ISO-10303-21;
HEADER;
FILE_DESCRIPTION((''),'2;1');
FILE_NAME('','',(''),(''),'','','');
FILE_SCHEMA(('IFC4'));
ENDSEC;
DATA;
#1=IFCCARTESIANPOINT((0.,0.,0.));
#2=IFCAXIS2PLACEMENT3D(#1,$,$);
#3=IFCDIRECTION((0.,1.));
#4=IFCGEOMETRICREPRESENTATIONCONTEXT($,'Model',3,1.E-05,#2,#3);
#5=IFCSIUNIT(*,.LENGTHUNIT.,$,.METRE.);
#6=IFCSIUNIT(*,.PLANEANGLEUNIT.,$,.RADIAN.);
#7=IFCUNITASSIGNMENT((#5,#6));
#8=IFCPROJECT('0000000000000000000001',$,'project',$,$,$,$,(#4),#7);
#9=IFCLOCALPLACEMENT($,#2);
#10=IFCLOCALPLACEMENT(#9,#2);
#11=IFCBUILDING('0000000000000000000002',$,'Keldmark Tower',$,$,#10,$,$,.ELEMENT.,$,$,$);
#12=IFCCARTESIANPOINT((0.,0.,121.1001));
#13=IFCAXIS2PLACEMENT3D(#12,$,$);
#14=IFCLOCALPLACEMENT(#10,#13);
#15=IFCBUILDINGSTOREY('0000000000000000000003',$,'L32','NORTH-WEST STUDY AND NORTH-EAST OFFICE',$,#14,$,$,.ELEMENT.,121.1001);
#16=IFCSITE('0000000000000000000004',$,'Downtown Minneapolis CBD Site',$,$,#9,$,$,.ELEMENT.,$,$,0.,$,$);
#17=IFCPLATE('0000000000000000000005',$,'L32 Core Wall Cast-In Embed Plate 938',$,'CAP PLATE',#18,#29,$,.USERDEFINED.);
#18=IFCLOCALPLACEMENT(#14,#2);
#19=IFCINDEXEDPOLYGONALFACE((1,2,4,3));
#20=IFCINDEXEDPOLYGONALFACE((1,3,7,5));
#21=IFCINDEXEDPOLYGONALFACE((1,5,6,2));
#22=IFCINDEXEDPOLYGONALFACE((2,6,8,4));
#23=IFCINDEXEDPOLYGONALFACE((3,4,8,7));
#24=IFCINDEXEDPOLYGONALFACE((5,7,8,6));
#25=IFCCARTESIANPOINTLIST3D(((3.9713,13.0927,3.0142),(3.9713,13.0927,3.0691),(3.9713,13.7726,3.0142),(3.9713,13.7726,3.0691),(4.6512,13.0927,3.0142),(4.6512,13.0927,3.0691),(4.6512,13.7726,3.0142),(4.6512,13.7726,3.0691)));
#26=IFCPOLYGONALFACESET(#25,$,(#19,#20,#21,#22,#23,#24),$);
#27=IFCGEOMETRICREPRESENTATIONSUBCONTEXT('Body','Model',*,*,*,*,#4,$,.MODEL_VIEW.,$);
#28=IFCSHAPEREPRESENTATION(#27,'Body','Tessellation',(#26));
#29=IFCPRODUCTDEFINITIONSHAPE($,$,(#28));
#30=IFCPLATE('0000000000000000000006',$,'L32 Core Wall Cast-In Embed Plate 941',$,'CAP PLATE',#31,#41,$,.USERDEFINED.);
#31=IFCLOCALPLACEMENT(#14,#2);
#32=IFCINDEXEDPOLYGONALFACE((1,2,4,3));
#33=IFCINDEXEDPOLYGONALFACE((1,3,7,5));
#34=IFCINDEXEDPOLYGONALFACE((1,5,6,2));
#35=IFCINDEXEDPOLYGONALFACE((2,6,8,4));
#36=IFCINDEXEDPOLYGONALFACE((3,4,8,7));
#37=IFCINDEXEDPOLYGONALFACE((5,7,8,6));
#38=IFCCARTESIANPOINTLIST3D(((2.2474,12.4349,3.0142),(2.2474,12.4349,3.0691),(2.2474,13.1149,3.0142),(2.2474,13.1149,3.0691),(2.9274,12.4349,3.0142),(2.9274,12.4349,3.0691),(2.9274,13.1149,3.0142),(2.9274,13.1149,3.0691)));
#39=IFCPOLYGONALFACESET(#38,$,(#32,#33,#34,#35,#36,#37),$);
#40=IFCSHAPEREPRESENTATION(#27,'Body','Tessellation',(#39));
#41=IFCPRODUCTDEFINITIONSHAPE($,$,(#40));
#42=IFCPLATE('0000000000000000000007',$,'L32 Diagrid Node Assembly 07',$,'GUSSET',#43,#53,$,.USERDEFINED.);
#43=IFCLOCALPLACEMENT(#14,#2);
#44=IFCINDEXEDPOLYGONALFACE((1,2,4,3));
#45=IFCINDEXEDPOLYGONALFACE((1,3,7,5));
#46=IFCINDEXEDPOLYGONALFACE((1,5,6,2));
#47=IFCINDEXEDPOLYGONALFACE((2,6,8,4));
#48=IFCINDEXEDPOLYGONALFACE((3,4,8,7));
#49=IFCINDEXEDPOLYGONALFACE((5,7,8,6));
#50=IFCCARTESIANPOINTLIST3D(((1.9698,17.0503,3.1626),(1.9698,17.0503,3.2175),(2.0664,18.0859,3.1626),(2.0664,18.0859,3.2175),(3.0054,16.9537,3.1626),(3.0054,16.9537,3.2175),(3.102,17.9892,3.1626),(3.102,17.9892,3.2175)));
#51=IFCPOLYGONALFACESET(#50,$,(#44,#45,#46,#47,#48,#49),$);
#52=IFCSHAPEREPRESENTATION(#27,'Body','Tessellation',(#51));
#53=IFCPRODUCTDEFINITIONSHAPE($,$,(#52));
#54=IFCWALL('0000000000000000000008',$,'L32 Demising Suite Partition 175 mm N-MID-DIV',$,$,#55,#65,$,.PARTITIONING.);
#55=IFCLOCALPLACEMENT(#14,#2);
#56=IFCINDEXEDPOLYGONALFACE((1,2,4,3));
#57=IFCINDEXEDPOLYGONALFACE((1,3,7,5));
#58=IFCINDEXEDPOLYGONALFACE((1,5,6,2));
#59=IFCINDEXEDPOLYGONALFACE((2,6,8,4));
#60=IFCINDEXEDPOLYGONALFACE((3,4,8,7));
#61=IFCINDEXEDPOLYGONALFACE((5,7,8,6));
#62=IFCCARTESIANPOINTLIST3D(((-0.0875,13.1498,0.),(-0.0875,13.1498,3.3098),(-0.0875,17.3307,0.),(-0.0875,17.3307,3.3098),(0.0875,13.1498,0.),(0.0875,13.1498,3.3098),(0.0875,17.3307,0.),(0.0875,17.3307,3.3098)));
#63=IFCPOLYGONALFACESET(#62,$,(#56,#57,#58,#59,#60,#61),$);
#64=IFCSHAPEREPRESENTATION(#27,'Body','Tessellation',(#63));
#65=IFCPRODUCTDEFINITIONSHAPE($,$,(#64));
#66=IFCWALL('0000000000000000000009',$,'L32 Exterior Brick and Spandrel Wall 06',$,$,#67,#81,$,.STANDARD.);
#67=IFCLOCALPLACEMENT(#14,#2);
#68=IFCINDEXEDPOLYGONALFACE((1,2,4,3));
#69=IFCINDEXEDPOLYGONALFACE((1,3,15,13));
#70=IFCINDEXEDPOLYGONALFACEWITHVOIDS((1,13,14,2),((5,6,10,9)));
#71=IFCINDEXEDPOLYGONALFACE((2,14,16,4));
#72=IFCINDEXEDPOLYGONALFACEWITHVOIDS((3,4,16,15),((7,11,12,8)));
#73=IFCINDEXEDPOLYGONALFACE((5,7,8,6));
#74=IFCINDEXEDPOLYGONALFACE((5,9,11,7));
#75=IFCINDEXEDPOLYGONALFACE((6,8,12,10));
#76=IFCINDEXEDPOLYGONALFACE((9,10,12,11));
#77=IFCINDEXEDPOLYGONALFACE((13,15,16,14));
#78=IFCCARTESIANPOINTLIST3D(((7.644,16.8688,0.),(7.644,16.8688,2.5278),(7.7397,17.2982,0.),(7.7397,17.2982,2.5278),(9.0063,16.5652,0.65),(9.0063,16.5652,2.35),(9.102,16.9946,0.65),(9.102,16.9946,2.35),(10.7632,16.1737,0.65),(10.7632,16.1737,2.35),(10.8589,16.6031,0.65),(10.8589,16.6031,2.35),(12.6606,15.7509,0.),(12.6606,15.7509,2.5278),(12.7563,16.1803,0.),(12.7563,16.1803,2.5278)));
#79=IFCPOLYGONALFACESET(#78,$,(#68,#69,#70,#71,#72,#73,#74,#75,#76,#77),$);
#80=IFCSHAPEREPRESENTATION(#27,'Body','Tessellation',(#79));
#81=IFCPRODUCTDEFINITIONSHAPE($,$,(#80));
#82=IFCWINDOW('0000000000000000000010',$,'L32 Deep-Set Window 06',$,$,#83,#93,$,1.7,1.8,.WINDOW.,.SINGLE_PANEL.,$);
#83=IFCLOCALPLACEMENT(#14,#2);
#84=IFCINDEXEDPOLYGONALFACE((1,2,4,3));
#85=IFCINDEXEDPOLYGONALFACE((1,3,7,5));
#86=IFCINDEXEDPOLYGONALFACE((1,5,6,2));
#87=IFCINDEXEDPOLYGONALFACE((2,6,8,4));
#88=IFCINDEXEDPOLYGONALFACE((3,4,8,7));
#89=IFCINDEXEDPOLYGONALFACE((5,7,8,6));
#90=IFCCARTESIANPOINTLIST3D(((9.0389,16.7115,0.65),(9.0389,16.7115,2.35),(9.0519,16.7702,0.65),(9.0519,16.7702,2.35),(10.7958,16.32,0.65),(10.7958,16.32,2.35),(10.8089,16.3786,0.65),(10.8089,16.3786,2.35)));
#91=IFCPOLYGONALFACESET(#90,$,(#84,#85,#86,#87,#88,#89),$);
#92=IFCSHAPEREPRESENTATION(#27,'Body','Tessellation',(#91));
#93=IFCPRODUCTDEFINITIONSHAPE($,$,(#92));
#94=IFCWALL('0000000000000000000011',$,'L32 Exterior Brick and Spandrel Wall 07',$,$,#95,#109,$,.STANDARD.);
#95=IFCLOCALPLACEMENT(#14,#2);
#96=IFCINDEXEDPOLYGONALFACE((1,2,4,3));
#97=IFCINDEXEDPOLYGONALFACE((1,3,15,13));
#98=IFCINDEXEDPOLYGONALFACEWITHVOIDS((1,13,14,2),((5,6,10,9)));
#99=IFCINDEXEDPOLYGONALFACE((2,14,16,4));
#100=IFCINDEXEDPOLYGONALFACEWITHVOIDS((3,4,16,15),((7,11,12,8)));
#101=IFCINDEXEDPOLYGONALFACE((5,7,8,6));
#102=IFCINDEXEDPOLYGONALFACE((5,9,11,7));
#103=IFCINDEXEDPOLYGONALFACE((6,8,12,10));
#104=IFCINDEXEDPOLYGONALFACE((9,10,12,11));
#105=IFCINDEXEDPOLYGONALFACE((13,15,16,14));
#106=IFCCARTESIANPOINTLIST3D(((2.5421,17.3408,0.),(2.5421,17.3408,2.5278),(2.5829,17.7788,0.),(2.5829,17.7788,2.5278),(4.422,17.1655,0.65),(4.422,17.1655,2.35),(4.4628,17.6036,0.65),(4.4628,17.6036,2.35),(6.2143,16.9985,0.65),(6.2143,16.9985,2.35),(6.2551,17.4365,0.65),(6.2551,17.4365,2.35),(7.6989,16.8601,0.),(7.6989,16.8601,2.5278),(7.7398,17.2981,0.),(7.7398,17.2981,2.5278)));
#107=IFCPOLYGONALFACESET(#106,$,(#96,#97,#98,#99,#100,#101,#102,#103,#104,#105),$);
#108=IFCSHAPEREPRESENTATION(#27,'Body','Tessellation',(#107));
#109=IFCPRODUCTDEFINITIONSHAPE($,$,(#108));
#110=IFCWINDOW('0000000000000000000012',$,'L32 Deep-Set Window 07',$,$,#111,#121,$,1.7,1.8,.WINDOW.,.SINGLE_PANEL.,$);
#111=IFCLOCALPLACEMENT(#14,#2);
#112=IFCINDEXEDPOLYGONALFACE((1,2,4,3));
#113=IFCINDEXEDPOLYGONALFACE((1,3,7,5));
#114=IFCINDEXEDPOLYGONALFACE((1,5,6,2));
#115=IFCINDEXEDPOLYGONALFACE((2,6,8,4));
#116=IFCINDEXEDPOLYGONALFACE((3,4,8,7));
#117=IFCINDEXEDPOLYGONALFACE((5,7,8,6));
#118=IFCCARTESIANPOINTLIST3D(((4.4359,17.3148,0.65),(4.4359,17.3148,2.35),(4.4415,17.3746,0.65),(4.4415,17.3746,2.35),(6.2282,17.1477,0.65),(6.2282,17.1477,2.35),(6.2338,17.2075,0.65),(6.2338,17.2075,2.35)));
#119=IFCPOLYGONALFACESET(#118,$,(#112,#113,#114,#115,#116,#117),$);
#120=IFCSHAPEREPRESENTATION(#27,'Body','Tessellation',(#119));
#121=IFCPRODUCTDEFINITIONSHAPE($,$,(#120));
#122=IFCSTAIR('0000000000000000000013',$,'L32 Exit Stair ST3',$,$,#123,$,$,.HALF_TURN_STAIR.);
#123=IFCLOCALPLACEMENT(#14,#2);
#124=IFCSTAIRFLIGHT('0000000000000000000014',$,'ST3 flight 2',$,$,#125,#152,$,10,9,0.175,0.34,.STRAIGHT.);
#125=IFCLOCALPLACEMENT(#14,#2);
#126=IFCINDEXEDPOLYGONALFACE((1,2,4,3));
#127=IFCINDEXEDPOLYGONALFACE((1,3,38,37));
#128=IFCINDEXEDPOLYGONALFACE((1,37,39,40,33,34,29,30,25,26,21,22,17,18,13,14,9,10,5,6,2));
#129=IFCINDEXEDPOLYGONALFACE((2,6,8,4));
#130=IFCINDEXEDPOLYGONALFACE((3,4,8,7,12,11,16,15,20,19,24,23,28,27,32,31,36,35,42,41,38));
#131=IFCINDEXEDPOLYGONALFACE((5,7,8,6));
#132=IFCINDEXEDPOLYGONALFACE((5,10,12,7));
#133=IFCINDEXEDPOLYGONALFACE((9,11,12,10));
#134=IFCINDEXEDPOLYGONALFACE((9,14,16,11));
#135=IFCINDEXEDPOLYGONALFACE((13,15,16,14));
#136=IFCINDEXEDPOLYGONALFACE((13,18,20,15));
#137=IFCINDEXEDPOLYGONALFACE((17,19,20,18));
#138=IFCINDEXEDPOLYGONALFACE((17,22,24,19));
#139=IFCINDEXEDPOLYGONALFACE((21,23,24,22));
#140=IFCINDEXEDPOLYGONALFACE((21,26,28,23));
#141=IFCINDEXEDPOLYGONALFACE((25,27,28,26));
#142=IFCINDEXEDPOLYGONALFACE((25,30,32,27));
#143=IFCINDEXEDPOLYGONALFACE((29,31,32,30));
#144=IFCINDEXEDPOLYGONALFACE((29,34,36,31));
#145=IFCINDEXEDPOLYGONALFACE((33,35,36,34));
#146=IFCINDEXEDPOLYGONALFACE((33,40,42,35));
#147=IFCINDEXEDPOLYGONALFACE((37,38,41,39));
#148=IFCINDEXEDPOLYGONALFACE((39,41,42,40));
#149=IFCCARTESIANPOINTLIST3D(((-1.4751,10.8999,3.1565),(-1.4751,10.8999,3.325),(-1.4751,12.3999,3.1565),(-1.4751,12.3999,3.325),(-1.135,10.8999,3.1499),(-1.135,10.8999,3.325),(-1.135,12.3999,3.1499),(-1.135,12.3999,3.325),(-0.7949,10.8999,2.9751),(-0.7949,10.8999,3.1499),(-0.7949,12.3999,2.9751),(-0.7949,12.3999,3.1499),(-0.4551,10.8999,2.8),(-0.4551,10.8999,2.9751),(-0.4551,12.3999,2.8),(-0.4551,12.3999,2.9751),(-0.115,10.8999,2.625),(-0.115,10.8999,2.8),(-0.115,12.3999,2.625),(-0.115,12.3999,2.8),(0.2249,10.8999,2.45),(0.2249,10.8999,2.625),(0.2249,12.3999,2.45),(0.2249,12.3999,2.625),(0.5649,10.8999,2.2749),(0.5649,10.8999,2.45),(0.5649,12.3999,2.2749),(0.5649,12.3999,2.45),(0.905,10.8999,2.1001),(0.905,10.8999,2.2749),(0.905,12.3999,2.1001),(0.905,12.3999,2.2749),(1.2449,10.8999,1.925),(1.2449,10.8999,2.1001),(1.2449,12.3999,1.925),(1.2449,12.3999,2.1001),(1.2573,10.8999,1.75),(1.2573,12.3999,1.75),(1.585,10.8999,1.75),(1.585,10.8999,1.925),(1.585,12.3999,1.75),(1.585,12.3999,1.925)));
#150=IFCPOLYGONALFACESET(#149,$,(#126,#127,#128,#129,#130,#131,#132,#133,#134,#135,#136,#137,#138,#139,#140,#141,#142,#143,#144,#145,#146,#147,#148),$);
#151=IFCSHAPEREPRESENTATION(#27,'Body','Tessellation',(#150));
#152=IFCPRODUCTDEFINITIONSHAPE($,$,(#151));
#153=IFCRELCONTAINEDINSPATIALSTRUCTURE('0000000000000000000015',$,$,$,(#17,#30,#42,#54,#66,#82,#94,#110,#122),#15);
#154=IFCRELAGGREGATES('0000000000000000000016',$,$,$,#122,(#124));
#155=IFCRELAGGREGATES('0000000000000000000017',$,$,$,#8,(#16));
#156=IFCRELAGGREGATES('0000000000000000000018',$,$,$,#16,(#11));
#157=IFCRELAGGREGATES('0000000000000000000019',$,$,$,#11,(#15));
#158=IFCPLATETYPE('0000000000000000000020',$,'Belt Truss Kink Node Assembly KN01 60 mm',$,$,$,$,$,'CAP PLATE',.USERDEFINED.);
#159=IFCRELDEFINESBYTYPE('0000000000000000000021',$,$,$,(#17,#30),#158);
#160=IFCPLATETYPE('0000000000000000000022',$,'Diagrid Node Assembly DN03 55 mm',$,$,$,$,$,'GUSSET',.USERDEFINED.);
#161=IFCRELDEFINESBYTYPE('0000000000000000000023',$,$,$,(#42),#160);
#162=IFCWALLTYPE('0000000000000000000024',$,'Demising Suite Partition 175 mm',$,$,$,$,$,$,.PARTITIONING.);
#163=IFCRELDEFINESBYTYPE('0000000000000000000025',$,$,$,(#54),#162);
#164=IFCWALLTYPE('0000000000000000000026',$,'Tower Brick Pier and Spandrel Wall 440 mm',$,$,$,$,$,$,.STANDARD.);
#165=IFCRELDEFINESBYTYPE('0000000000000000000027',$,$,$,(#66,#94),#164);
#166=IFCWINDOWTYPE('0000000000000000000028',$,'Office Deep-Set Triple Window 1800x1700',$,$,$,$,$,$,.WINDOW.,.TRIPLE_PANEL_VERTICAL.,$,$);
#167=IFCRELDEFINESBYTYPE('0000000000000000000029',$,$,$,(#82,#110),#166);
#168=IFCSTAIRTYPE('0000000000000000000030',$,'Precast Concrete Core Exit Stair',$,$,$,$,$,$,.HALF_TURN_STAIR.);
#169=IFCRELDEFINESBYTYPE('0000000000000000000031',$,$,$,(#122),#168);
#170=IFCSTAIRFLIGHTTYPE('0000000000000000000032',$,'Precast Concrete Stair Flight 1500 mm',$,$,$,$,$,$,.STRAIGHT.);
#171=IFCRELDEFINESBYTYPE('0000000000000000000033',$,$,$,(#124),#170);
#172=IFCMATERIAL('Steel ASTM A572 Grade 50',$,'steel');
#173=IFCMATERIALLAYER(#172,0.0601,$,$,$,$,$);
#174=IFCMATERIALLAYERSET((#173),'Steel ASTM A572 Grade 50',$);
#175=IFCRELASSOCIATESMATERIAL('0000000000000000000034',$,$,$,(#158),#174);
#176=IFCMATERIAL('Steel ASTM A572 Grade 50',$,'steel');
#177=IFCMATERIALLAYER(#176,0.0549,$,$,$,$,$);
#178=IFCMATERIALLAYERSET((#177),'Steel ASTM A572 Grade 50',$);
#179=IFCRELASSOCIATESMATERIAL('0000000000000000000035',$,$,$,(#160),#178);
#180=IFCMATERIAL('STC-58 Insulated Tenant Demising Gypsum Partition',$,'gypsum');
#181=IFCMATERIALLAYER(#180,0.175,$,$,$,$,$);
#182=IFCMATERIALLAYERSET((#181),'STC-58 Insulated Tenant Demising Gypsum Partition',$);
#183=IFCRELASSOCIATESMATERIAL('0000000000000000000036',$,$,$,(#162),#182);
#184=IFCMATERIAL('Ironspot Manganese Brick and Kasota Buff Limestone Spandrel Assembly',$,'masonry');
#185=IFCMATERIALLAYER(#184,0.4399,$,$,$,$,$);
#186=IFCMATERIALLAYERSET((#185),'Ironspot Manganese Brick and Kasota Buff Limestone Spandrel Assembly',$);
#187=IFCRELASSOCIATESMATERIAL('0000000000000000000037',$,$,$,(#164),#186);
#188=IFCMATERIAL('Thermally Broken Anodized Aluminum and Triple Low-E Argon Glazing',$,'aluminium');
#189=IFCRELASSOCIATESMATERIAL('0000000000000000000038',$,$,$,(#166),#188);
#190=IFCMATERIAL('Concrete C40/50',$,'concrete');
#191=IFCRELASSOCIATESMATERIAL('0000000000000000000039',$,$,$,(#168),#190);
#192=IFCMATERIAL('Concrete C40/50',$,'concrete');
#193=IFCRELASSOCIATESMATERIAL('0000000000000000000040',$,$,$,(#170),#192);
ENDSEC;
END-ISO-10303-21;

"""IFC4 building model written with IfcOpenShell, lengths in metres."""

from ifc_helpers import new_model, si_unit, direction, frame, frame_2d, origin, origin_2d, place, context, subcontext, project, spatial, polyline, rectangle, outline, extrude, material, layer, layer_set, type_object, element, fill, aggregate, save


model = new_model("IFC4")

# Units and contexts
model_context = context("Model", 3, precision=1e-05, world=origin(), true_north=direction((0.0, 1.0)))
body_context = subcontext(model_context, "Body", "Model", "MODEL_VIEW")
ifc_project = project(units=[si_unit("LENGTHUNIT", "METRE"), si_unit("PLANEANGLEUNIT", "RADIAN")], contexts=[model_context])

# Site, building, storey
site_placement = place(None, origin())
site = spatial("IfcSite", under=ifc_project, at=site_placement, Name="Downtown Minneapolis CBD Site", CompositionType="ELEMENT", RefElevation=0.0)
building_placement = place(site_placement, origin())
building = spatial("IfcBuilding", under=site, at=building_placement, Name="Keldmark Tower", CompositionType="ELEMENT")
storey_placement = place(building_placement, frame((0.0, 0.0, 121.1001)))
storey = spatial("IfcBuildingStorey", under=building, at=storey_placement, Name="L32", Description="NORTH-WEST STUDY AND NORTH-EAST OFFICE", CompositionType="ELEMENT", Elevation=121.1001)

# Plates
ifc_material_1 = material(Name="Steel ASTM A572 Grade 50", Category="steel")
ifc_layer_1 = layer(ifc_material_1, 0.0601)
ifc_layer_set_1 = layer_set([ifc_layer_1], Name="Steel ASTM A572 Grade 50")
plate_type_1 = type_object("IfcPlateType", Name="Belt Truss Kink Node Assembly KN01 60 mm", ElementType="CAP PLATE", PredefinedType="USERDEFINED", material=ifc_layer_set_1)
for number, where, z_axis, x_axis, name in (
    (1, (4.3113, 13.4326, 3.0142), (0.0, 0.0, 1.0), (1.0, 0.0, 0.0), "L32 Core Wall Cast-In Embed Plate 938"),
    (2, (2.5874, 12.7749, 3.0142), (0.0, 0.0, 1.0), (1.0, 0.0, 0.0), "L32 Core Wall Cast-In Embed Plate 941"),
):
    element("IfcPlate", number, at=place(storey_placement, frame(where, z_axis=z_axis, x_axis=x_axis)), inside=storey, type_object=plate_type_1, Name=name, ObjectType="CAP PLATE", PredefinedType="USERDEFINED", context=body_context, shape_type="SweptSolid", body=[
        extrude(rectangle(XDim=0.6799, YDim=0.6799, at=origin_2d()), origin(), (0.0, 0.0, 1.0), 0.0549),
    ])
ifc_material_2 = material(Name="Steel ASTM A572 Grade 50", Category="steel")
ifc_layer_2 = layer(ifc_material_2, 0.0549)
ifc_layer_set_2 = layer_set([ifc_layer_2], Name="Steel ASTM A572 Grade 50")
plate_type_2 = type_object("IfcPlateType", Name="Diagrid Node Assembly DN03 55 mm", ElementType="GUSSET", PredefinedType="USERDEFINED", material=ifc_layer_set_2)
plate_placement = place(storey_placement, frame((2.5359, 17.5198, 3.1626), z_axis=(0.0, 0.0, 1.0), x_axis=(-0.995676, 0.092892, 0.0)))
element("IfcPlate", 3, at=plate_placement, inside=storey, type_object=plate_type_2, Name="L32 Diagrid Node Assembly 07", ObjectType="GUSSET", PredefinedType="USERDEFINED", context=body_context, shape_type="SweptSolid", body=[
    extrude(rectangle(XDim=1.04, YDim=1.04, at=origin_2d()), origin(), (0.0, 0.0, 1.0), 0.0549),
])

# Wall
ifc_material_3 = material(Name="STC-58 Insulated Tenant Demising Gypsum Partition", Category="gypsum")
ifc_layer_3 = layer(ifc_material_3, 0.175)
ifc_layer_set_3 = layer_set([ifc_layer_3], Name="STC-58 Insulated Tenant Demising Gypsum Partition")
wall_type_1 = type_object("IfcWallType", Name="Demising Suite Partition 175 mm", PredefinedType="PARTITIONING", material=ifc_layer_set_3)
wall_1_placement = place(storey_placement, frame((0.0, 13.1499, 0.0), z_axis=(0.0, 0.0, 1.0), x_axis=(0.0, 1.0, 0.0)))
element("IfcWall", 4, at=wall_1_placement, inside=storey, type_object=wall_type_1, Name="L32 Demising Suite Partition 175 mm N-MID-DIV", PredefinedType="PARTITIONING", context=body_context, shape_type="SweptSolid", body=[
    extrude(rectangle(XDim=4.1809, YDim=0.175, at=frame_2d((2.0903, 0.0))), origin(), (0.0, 0.0, 1.0), 3.3098),
])

# Walls, openings, windows
ifc_material_4 = material(Name="Ironspot Manganese Brick and Kasota Buff Limestone Spandrel Assembly", Category="masonry")
ifc_layer_4 = layer(ifc_material_4, 0.4399)
ifc_layer_set_4 = layer_set([ifc_layer_4], Name="Ironspot Manganese Brick and Kasota Buff Limestone Spandrel Assembly")
wall_type_2 = type_object("IfcWallType", Name="Tower Brick Pier and Spandrel Wall 440 mm", PredefinedType="STANDARD", material=ifc_layer_set_4)
wall_2_placement = place(storey_placement, frame((7.6919, 17.0835, 0.0), z_axis=(0.0, 0.0, 1.0), x_axis=(0.976058, -0.217509, 0.0)))
wall_2 = element("IfcWall", 5, at=wall_2_placement, inside=storey, type_object=wall_type_2, Name="L32 Exterior Brick and Spandrel Wall 06", PredefinedType="STANDARD", context=body_context, shape_type="SweptSolid", body=[
    extrude(rectangle(XDim=5.1396, YDim=0.4399, at=frame_2d((2.5698, 0.0))), origin(), (0.0, 0.0, 1.0), 2.5278),
])
opening_1_placement = place(wall_2_placement, frame((1.3958, 0.0, 0.6499)))
opening_1 = element("IfcOpeningElement", 6, at=opening_1_placement, cuts=wall_2, PredefinedType="OPENING", context=body_context, shape_type="SweptSolid", body=[
    extrude(rectangle(XDim=1.8, YDim=1.7, at=frame_2d((0.8999, 0.8501))), frame((0.0, 0.23, 0.0), z_axis=(0.0, -1.0, 0.0), x_axis=(1.0, 0.0, 0.0)), (0.0, 0.0, 1.0), 0.46),
])
ifc_material_5 = material(Name="Thermally Broken Anodized Aluminum and Triple Low-E Argon Glazing", Category="aluminium")
window_type = type_object("IfcWindowType", Name="Office Deep-Set Triple Window 1800x1700", PartitioningType="TRIPLE_PANEL_VERTICAL", PredefinedType="WINDOW", material=ifc_material_5)
window_1_placement = place(opening_1_placement, origin())
window_1 = element("IfcWindow", 7, at=window_1_placement, inside=storey, type_object=window_type, Name="L32 Deep-Set Window 06", OverallHeight=1.7, OverallWidth=1.8, PartitioningType="SINGLE_PANEL", PredefinedType="WINDOW", context=body_context, shape_type="SweptSolid", body=[
    extrude(rectangle(XDim=1.8, YDim=1.7, at=frame_2d((0.8999, 0.8501))), frame((0.0, -0.01, 0.0), z_axis=(0.0, -1.0, 0.0), x_axis=(1.0, 0.0, 0.0)), (0.0, 0.0, 1.0), 0.0601),
])
fill(opening_1, window_1)
wall_3_placement = place(storey_placement, frame((2.5625, 17.5598, 0.0), z_axis=(0.0, 0.0, 1.0), x_axis=(0.995683, -0.092818, 0.0)))
wall_3 = element("IfcWall", 8, at=wall_3_placement, inside=storey, type_object=wall_type_2, Name="L32 Exterior Brick and Spandrel Wall 07", PredefinedType="STANDARD", context=body_context, shape_type="SweptSolid", body=[
    extrude(rectangle(XDim=5.1792, YDim=0.4399, at=frame_2d((2.5896, 0.0))), origin(), (0.0, 0.0, 1.0), 2.5278),
])
opening_2_placement = place(wall_3_placement, frame((1.8882, 0.0, 0.6499)))
opening_2 = element("IfcOpeningElement", 9, at=opening_2_placement, cuts=wall_3, PredefinedType="OPENING", context=body_context, shape_type="SweptSolid", body=[
    extrude(rectangle(XDim=1.8, YDim=1.7, at=frame_2d((0.8999, 0.8501))), frame((0.0, 0.23, 0.0), z_axis=(0.0, -1.0, 0.0), x_axis=(1.0, 0.0, 0.0)), (0.0, 0.0, 1.0), 0.46),
])
window_2_placement = place(opening_2_placement, origin())
window_2 = element("IfcWindow", 10, at=window_2_placement, inside=storey, type_object=window_type, Name="L32 Deep-Set Window 07", OverallHeight=1.7, OverallWidth=1.8, PartitioningType="SINGLE_PANEL", PredefinedType="WINDOW", context=body_context, shape_type="SweptSolid", body=[
    extrude(rectangle(XDim=1.8, YDim=1.7, at=frame_2d((0.8999, 0.8501))), frame((0.0, -0.01, 0.0), z_axis=(0.0, -1.0, 0.0), x_axis=(1.0, 0.0, 0.0)), (0.0, 0.0, 1.0), 0.0601),
])
fill(opening_2, window_2)

# Stair, stair flight
ifc_material_6 = material(Name="Concrete C40/50", Category="concrete")
stair_type = type_object("IfcStairType", Name="Precast Concrete Core Exit Stair", PredefinedType="HALF_TURN_STAIR", material=ifc_material_6)
stair_placement = place(storey_placement, origin())
stair = element("IfcStair", 11, at=stair_placement, inside=storey, type_object=stair_type, Name="L32 Exit Stair ST3", PredefinedType="HALF_TURN_STAIR")
ifc_material_7 = material(Name="Concrete C40/50", Category="concrete")
stair_flight_type = type_object("IfcStairFlightType", Name="Precast Concrete Stair Flight 1500 mm", PredefinedType="STRAIGHT", material=ifc_material_7)
stair_flight_placement = place(storey_placement, frame((1.585, 11.6499, 1.75), z_axis=(0.0, 0.0, 1.0), x_axis=(-1.0, 0.0, 0.0)))
stair_flight = element("IfcStairFlight", 12, at=stair_flight_placement, type_object=stair_flight_type, Name="ST3 flight 2", NumberOfRisers=10, NumberOfTreads=9, PredefinedType="STRAIGHT", RiserHeight=0.175, TreadLength=0.34, context=body_context, shape_type="SweptSolid", body=[
    extrude(outline(polyline([(0.0, 0.0), (0.0, 0.175), (0.3401, 0.175), (0.3401, 0.3501), (0.6799, 0.3501), (0.6799, 0.5249), (1.02, 0.5249), (1.02, 0.7), (1.3601, 0.7), (1.3601, 0.875), (1.7, 0.875), (1.7, 1.05), (2.04, 1.05), (2.04, 1.2251), (2.3799, 1.2251), (2.3799, 1.3999), (2.72, 1.3999), (2.72, 1.575), (3.0601, 1.575), (3.0601, 1.75), (3.0601, 1.4065), (0.3276, 0.0), (0.0, 0.0)])), frame((0.0, 0.75, 0.0), z_axis=(0.0, -1.0, 0.0), x_axis=(1.0, 0.0, 0.0)), (0.0, 0.0, 1.0), 1.5),
])
aggregate(stair, [stair_flight])

save(model, "model.ifc")
